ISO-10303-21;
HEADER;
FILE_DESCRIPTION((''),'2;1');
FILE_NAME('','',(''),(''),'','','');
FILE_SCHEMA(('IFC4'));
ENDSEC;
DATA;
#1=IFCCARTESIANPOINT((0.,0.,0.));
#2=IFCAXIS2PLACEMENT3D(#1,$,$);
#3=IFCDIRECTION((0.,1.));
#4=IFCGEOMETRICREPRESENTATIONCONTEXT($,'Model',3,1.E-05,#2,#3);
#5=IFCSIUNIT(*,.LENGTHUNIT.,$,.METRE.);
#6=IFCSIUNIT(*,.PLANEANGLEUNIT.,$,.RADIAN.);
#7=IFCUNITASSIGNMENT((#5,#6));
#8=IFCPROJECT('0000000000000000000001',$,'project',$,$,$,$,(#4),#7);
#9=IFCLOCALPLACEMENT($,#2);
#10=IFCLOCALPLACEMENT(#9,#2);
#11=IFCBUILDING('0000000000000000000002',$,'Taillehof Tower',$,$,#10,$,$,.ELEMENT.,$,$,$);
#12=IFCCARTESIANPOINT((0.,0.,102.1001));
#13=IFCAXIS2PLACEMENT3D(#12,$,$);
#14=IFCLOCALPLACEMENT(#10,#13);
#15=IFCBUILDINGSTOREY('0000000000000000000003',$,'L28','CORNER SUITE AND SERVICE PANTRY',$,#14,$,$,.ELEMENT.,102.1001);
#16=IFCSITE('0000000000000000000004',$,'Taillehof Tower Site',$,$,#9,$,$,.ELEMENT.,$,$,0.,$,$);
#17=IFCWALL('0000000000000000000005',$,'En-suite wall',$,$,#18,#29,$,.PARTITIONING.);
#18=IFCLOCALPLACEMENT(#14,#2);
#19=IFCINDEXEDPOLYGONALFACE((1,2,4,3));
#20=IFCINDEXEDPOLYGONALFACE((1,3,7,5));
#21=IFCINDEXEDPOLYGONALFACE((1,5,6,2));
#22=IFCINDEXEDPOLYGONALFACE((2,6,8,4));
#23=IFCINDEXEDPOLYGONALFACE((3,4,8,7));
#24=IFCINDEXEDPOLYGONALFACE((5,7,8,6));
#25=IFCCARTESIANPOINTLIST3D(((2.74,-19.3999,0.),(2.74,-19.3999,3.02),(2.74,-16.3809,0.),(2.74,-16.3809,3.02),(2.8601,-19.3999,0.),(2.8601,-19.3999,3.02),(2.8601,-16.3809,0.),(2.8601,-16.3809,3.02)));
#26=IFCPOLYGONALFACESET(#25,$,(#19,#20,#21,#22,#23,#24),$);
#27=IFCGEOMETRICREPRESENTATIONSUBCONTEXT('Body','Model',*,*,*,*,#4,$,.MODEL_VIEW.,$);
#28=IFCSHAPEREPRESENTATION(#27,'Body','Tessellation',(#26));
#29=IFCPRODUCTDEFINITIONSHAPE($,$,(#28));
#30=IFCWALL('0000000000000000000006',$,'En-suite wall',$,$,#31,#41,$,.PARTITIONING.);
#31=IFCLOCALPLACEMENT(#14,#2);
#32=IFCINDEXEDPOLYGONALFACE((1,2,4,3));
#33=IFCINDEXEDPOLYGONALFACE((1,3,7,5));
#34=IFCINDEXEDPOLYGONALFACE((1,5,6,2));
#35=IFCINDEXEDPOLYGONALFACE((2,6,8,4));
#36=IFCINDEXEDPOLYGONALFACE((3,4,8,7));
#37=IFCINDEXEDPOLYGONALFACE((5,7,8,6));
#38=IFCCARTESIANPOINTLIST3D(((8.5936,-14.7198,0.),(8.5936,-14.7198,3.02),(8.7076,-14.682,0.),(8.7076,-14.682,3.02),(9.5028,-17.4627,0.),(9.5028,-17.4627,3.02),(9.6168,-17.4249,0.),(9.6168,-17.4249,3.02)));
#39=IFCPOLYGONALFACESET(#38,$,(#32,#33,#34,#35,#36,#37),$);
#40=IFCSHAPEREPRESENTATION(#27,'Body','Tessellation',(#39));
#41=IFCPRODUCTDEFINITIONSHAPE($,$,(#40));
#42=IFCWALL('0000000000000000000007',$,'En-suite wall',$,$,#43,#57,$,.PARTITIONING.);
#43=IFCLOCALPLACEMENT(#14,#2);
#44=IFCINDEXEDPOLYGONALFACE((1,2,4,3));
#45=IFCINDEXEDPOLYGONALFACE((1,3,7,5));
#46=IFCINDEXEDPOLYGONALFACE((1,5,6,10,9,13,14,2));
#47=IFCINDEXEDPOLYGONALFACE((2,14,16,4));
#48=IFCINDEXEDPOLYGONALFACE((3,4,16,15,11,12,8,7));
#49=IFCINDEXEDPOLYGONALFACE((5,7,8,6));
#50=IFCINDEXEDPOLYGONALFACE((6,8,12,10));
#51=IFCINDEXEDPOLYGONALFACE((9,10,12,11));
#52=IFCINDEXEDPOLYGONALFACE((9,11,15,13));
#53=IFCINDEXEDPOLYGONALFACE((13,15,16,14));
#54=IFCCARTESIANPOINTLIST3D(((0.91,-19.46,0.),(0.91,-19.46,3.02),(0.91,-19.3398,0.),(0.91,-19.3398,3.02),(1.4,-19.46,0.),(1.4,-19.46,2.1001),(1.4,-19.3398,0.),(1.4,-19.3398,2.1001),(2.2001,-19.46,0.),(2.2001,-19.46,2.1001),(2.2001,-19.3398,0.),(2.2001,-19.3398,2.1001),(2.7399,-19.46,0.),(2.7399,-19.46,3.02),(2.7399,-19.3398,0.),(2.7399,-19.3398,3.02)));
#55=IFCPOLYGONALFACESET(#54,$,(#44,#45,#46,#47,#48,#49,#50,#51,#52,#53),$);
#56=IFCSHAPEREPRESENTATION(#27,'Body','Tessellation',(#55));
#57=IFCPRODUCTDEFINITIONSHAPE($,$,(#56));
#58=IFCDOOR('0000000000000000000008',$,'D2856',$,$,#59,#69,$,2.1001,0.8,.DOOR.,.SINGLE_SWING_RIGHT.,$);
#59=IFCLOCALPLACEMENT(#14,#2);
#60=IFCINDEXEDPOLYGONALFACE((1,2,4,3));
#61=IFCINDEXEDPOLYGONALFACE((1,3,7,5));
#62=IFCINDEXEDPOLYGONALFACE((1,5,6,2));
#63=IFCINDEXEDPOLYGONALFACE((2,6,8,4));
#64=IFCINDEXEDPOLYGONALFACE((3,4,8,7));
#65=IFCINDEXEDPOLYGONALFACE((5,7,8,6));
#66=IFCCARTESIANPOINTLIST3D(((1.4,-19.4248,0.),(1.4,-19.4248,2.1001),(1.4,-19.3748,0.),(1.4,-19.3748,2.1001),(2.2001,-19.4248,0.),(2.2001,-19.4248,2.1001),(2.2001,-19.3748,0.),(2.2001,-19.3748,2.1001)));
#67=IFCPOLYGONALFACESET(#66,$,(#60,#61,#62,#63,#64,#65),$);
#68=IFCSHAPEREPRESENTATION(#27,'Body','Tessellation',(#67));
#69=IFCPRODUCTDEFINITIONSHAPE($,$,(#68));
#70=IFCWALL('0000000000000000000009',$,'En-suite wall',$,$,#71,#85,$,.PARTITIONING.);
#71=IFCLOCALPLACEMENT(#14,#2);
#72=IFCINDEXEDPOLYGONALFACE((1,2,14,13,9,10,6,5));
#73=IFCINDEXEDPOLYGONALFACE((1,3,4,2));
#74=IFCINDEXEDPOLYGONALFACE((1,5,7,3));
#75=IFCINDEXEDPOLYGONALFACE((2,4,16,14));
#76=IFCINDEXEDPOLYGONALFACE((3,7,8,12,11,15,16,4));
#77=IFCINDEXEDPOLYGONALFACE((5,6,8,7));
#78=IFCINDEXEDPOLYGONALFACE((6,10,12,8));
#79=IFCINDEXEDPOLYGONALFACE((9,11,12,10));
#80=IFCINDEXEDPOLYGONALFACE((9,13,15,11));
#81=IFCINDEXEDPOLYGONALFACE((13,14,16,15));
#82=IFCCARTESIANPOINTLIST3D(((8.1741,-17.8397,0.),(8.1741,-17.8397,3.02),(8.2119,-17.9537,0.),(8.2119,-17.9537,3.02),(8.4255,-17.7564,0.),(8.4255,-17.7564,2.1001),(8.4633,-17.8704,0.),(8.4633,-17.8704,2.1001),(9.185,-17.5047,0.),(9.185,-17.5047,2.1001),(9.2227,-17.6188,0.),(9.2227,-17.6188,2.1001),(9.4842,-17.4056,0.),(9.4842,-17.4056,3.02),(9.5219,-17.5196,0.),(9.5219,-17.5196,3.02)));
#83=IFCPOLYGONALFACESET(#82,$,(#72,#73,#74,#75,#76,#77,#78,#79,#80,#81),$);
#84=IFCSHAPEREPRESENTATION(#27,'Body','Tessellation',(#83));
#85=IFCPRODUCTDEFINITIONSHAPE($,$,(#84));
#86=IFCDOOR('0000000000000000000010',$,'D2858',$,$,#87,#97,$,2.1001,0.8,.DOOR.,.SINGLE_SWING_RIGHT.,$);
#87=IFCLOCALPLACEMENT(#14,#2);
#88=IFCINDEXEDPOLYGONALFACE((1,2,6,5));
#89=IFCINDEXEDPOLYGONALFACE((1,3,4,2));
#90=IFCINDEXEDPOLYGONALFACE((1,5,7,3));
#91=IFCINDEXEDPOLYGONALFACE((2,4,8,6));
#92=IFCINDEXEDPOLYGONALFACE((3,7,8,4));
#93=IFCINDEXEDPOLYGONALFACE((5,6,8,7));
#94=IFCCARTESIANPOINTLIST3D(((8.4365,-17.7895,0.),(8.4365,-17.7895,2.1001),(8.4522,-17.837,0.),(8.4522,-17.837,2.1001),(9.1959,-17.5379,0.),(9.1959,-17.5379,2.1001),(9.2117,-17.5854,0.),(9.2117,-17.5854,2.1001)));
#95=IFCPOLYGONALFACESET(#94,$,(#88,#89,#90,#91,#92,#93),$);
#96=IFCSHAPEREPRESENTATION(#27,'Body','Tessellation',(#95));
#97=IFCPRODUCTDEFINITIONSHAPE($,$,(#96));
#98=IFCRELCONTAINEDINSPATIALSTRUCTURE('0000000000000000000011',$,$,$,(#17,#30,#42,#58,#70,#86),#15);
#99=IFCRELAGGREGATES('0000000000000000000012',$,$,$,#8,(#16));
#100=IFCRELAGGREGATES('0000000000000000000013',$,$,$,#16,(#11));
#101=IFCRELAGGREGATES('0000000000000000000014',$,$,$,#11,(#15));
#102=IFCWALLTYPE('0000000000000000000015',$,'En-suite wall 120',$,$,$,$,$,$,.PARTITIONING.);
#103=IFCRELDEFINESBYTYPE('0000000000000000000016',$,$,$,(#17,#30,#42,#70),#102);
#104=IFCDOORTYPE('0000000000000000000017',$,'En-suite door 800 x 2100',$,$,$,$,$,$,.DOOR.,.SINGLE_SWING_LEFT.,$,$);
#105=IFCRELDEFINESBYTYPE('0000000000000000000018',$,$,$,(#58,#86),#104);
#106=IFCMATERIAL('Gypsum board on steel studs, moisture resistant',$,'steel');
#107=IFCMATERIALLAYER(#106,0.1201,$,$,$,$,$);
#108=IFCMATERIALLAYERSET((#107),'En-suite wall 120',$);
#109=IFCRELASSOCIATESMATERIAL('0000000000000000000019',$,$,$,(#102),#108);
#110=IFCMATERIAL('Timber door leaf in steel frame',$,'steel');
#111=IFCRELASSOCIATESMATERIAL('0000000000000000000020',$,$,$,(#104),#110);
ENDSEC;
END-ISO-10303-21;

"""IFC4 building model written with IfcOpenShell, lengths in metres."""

from ifc_helpers import new_model, si_unit, direction, frame, frame_2d, origin, place, context, subcontext, project, spatial, rectangle, extrude, material, layer, layer_set, type_object, element, fill, save


model = new_model("IFC4")

# Units and contexts
model_context = context("Model", 3, precision=1e-05, world=origin(), true_north=direction((0.0, 1.0)))
body_context = subcontext(model_context, "Body", "Model", "MODEL_VIEW")
ifc_project = project(units=[si_unit("LENGTHUNIT", "METRE"), si_unit("PLANEANGLEUNIT", "RADIAN")], contexts=[model_context])

# Site, building, storey
site_placement = place(None, origin())
site = spatial("IfcSite", under=ifc_project, at=site_placement, Name="Taillehof Tower Site", CompositionType="ELEMENT", RefElevation=0.0)
building_placement = place(site_placement, origin())
building = spatial("IfcBuilding", under=site, at=building_placement, Name="Taillehof Tower", CompositionType="ELEMENT")
storey_placement = place(building_placement, frame((0.0, 0.0, 102.1001)))
storey = spatial("IfcBuildingStorey", under=building, at=storey_placement, Name="L28", Description="CORNER SUITE AND SERVICE PANTRY", CompositionType="ELEMENT", Elevation=102.1001)

# Walls
ifc_material_1 = material(Name="Gypsum board on steel studs, moisture resistant", Category="steel")
ifc_layer_1 = layer(ifc_material_1, 0.1201)
ifc_layer_set_1 = layer_set([ifc_layer_1], Name="En-suite wall 120")
wall_type_1 = type_object("IfcWallType", Name="En-suite wall 120", PredefinedType="PARTITIONING", material=ifc_layer_set_1)
wall_1_placement = place(storey_placement, frame((2.8, -16.3809, 0.0), z_axis=(0.0, 0.0, 1.0), x_axis=(0.0, -1.0, 0.0)))
element("IfcWall", 1, at=wall_1_placement, inside=storey, type_object=wall_type_1, Name="En-suite wall", PredefinedType="PARTITIONING", context=body_context, shape_type="SweptSolid", body=[
    extrude(rectangle(XDim=3.019, YDim=0.1201, at=frame_2d((1.5095, 0.0))), origin(), (0.0, 0.0, 1.0), 3.02),
])
wall_2_placement = place(storey_placement, frame((8.6506, -14.7009, 0.0), z_axis=(0.0, 0.0, 1.0), x_axis=(0.314631, -0.949214, 0.0)))
element("IfcWall", 2, at=wall_2_placement, inside=storey, type_object=wall_type_1, Name="En-suite wall", PredefinedType="PARTITIONING", context=body_context, shape_type="SweptSolid", body=[
    extrude(rectangle(XDim=2.8896, YDim=0.1201, at=frame_2d((1.4448, 0.0))), origin(), (0.0, 0.0, 1.0), 3.02),
])

# Walls, openings, doors
wall_3_placement = place(storey_placement, frame((2.74, -19.3999, 0.0), z_axis=(0.0, 0.0, 1.0), x_axis=(-1.0, 0.0, 0.0)))
wall_3 = element("IfcWall", 3, at=wall_3_placement, inside=storey, type_object=wall_type_1, Name="En-suite wall", PredefinedType="PARTITIONING", context=body_context, shape_type="SweptSolid", body=[
    extrude(rectangle(XDim=1.8298, YDim=0.1201, at=frame_2d((0.915, 0.0))), origin(), (0.0, 0.0, 1.0), 3.02),
])
opening_1_placement = place(wall_3_placement, frame((0.54, 0.0, 0.0)))
opening_1 = element("IfcOpeningElement", 4, at=opening_1_placement, cuts=wall_3, PredefinedType="OPENING", context=body_context, shape_type="SweptSolid", body=[
    extrude(rectangle(XDim=0.8, YDim=2.1001, at=frame_2d((0.3999, 1.05))), frame((0.0, 0.0701, 0.0), z_axis=(0.0, -1.0, 0.0), x_axis=(1.0, 0.0, 0.0)), (0.0, 0.0, 1.0), 0.1401),
])
ifc_material_2 = material(Name="Timber door leaf in steel frame", Category="steel")
door_type_1 = type_object("IfcDoorType", Name="En-suite door 800 x 2100", OperationType="SINGLE_SWING_LEFT", PredefinedType="DOOR", material=ifc_material_2)
door_1_placement = place(opening_1_placement, origin())
door_1 = element("IfcDoor", 5, at=door_1_placement, inside=storey, type_object=door_type_1, Name="D2856", OperationType="SINGLE_SWING_RIGHT", OverallHeight=2.1001, OverallWidth=0.8, PredefinedType="DOOR", context=body_context, shape_type="SweptSolid", body=[
    extrude(rectangle(XDim=0.8, YDim=2.1001, at=frame_2d((0.3999, 1.05))), frame((0.0, 0.0249, 0.0), z_axis=(0.0, -1.0, 0.0), x_axis=(1.0, 0.0, 0.0)), (0.0, 0.0, 1.0), 0.05),
])
fill(opening_1, door_1)
wall_4_placement = place(storey_placement, frame((9.5029, -17.4626, 0.0), z_axis=(0.0, 0.0, 1.0), x_axis=(-0.949248, -0.314529, 0.0)))
wall_4 = element("IfcWall", 6, at=wall_4_placement, inside=storey, type_object=wall_type_1, Name="En-suite wall", PredefinedType="PARTITIONING", context=body_context, shape_type="SweptSolid", body=[
    extrude(rectangle(XDim=1.3801, YDim=0.1201, at=frame_2d((0.6899, 0.0))), origin(), (0.0, 0.0, 1.0), 3.02),
])
opening_2_placement = place(wall_4_placement, frame((0.3152, 0.0, 0.0)))
opening_2 = element("IfcOpeningElement", 7, at=opening_2_placement, cuts=wall_4, PredefinedType="OPENING", context=body_context, shape_type="SweptSolid", body=[
    extrude(rectangle(XDim=0.8, YDim=2.1001, at=frame_2d((0.3999, 1.05))), frame((0.0, 0.0701, 0.0), z_axis=(0.0, -1.0, 0.0), x_axis=(1.0, 0.0, 0.0)), (0.0, 0.0, 1.0), 0.1401),
])
door_2_placement = place(opening_2_placement, origin())
door_2 = element("IfcDoor", 8, at=door_2_placement, inside=storey, type_object=door_type_1, Name="D2858", OperationType="SINGLE_SWING_RIGHT", OverallHeight=2.1001, OverallWidth=0.8, PredefinedType="DOOR", context=body_context, shape_type="SweptSolid", body=[
    extrude(rectangle(XDim=0.8, YDim=2.1001, at=frame_2d((0.3999, 1.05))), frame((0.0, 0.0249, 0.0), z_axis=(0.0, -1.0, 0.0), x_axis=(1.0, 0.0, 0.0)), (0.0, 0.0, 1.0), 0.05),
])
fill(opening_2, door_2)

save(model, "model.ifc")
